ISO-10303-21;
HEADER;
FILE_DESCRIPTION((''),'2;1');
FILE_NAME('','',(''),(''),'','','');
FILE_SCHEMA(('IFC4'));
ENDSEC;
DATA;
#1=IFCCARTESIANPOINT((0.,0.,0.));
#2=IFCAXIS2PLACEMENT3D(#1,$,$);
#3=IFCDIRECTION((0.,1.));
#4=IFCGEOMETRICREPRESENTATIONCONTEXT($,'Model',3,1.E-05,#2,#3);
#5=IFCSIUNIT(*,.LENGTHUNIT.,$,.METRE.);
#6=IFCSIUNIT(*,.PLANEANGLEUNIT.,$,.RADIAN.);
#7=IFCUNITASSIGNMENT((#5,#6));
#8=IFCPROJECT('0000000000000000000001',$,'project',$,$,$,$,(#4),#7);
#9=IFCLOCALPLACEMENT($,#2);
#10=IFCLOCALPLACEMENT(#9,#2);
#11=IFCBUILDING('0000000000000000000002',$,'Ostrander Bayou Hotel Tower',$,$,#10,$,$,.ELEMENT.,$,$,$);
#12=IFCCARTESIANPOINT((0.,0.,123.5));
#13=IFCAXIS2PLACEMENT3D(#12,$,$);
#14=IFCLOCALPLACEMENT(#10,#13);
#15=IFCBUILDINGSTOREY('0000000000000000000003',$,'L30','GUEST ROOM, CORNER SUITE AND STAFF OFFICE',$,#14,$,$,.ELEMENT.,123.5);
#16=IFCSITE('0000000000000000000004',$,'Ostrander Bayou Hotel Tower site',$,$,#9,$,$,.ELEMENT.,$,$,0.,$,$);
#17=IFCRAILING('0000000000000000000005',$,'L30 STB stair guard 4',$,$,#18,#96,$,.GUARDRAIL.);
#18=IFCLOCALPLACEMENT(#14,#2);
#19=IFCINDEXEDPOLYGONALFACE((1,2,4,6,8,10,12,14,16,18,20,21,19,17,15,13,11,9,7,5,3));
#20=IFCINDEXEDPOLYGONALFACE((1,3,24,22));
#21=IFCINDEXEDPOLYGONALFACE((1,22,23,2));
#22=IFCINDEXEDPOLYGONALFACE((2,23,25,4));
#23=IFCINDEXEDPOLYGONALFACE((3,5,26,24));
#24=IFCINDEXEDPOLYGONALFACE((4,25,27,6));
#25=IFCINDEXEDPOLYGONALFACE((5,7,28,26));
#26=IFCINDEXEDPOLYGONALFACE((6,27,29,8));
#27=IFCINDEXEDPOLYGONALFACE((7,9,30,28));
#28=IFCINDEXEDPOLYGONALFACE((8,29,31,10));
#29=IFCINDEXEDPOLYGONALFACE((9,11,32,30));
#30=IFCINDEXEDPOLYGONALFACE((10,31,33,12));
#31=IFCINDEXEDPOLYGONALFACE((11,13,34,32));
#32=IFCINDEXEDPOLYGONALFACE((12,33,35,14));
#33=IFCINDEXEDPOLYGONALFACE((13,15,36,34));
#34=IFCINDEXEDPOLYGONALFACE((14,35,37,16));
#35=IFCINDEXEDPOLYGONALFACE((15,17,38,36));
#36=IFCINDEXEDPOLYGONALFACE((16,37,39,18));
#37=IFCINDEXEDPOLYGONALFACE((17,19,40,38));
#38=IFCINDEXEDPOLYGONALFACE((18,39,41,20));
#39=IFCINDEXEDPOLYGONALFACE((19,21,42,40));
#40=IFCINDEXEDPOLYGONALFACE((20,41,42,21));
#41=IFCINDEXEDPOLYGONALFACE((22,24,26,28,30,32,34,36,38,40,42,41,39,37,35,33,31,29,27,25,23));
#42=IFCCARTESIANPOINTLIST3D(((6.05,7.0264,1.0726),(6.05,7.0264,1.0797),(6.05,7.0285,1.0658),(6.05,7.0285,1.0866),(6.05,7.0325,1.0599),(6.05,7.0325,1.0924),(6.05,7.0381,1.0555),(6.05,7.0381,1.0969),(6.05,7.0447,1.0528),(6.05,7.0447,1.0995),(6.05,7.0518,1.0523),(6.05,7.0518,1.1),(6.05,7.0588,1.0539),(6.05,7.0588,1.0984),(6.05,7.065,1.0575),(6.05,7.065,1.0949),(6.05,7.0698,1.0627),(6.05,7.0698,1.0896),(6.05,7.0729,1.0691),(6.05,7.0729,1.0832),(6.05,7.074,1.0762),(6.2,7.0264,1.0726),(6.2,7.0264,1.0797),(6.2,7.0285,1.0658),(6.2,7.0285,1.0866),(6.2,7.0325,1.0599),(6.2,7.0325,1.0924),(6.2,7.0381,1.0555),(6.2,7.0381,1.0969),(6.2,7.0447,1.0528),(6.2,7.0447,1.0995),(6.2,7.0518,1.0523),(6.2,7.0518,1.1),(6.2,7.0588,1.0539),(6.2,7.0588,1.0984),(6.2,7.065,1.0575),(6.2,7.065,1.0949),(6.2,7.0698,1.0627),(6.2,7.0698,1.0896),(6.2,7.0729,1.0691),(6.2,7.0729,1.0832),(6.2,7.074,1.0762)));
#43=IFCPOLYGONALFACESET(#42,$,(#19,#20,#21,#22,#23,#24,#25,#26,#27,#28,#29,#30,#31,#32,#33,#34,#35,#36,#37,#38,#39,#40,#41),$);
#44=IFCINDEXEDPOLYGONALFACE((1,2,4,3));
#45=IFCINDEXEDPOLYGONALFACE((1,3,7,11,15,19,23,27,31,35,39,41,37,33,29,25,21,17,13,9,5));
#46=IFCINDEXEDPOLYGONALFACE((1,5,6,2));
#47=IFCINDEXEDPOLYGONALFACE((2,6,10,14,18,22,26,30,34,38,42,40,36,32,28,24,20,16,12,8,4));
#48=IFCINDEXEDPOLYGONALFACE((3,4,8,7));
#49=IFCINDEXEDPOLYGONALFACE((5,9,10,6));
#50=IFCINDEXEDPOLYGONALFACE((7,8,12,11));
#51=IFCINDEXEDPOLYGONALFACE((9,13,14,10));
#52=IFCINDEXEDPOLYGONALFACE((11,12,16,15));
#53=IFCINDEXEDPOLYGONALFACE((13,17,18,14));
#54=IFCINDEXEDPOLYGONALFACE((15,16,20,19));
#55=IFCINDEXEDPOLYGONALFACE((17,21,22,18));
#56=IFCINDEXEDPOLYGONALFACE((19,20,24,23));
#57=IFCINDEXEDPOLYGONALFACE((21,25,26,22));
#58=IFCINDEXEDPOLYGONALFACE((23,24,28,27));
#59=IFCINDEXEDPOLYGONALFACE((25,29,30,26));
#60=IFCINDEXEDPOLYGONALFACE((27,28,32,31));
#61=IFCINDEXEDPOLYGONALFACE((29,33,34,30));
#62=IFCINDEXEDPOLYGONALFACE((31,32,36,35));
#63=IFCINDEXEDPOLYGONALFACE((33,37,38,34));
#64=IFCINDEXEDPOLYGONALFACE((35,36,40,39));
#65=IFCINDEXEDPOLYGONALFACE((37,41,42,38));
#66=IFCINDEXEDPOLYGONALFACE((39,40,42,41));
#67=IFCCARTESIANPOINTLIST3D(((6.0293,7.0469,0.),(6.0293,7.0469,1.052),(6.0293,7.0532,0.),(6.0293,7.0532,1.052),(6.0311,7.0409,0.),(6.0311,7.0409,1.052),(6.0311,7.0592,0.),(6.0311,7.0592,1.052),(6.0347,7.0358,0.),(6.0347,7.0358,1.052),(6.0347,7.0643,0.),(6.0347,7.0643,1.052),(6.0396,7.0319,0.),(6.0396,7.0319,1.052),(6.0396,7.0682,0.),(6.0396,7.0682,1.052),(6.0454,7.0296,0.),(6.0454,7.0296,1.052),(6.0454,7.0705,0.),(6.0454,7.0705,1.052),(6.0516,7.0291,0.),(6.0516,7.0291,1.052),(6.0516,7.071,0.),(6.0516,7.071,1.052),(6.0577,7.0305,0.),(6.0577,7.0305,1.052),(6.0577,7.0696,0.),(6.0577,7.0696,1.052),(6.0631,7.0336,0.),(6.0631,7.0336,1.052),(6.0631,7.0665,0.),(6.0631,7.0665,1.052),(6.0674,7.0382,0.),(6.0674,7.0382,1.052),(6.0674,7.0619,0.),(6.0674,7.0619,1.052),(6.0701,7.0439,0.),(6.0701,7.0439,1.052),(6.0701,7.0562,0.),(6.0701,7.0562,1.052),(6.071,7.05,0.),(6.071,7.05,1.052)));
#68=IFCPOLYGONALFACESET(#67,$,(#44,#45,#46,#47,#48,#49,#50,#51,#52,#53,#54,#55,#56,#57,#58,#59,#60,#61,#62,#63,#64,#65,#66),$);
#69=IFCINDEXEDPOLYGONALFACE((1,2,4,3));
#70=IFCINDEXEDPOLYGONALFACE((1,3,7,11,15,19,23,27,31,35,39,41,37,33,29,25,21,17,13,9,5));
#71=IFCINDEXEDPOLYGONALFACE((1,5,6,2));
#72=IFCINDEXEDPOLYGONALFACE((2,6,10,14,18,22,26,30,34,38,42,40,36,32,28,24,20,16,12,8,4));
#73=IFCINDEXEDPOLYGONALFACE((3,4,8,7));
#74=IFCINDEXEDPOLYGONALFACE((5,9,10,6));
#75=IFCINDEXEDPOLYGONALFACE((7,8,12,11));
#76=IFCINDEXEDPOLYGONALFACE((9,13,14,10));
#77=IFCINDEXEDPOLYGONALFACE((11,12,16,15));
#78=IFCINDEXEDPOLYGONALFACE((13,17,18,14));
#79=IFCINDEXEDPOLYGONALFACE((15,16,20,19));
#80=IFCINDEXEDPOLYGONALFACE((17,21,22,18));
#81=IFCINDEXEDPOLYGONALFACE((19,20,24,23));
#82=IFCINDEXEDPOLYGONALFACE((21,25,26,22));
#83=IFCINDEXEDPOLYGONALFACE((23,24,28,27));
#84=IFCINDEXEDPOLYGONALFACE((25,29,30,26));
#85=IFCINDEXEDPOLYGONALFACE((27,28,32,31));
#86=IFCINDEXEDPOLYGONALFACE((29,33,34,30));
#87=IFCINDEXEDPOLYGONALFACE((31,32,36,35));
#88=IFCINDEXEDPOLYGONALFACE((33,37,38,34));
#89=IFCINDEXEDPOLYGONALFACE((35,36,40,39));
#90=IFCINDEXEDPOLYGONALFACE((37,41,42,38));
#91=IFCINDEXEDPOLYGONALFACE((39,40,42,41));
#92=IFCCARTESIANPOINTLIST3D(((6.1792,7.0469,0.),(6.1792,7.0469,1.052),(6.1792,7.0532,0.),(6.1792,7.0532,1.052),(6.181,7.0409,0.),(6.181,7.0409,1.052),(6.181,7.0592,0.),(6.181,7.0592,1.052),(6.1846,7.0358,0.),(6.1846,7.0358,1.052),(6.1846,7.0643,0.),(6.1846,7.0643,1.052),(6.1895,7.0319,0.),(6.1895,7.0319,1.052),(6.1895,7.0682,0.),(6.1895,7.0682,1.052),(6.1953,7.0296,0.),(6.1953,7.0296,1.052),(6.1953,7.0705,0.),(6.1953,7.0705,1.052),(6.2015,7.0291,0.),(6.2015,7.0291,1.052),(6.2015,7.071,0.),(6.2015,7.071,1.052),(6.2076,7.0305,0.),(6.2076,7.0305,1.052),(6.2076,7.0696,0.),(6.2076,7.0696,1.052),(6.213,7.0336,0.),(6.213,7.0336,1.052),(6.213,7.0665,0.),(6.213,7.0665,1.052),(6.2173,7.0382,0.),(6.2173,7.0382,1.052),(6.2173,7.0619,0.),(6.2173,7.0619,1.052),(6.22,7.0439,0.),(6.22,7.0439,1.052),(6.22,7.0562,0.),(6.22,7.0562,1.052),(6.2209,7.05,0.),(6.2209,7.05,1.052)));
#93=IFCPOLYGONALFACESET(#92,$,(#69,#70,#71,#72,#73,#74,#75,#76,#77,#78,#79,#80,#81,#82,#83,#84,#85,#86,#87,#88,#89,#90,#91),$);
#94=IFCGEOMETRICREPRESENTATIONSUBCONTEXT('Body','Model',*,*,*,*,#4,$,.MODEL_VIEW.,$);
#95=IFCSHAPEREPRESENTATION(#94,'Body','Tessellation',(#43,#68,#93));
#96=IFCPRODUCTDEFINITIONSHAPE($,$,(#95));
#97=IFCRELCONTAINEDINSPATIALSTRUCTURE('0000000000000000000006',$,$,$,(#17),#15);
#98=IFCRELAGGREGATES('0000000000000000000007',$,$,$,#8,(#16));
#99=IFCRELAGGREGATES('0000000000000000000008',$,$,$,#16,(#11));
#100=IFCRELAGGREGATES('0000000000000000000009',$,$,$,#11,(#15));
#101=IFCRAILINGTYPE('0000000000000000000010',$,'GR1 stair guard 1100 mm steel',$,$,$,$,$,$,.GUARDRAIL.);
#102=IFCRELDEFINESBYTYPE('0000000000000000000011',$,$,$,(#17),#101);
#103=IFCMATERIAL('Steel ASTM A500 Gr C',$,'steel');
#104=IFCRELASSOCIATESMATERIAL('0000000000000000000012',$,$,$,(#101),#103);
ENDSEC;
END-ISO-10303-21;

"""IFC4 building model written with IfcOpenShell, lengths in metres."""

from ifc_helpers import new_model, si_unit, direction, frame, origin, origin_2d, place, context, subcontext, project, spatial, circle, extrude, material, type_object, element, save


model = new_model("IFC4")

# Units and contexts
model_context = context("Model", 3, precision=1e-05, world=origin(), true_north=direction((0.0, 1.0)))
body_context = subcontext(model_context, "Body", "Model", "MODEL_VIEW")
ifc_project = project(units=[si_unit("LENGTHUNIT", "METRE"), si_unit("PLANEANGLEUNIT", "RADIAN")], contexts=[model_context])

# Site, building, storey
site_placement = place(None, origin())
site = spatial("IfcSite", under=ifc_project, at=site_placement, Name="Ostrander Bayou Hotel Tower site", CompositionType="ELEMENT", RefElevation=0.0)
building_placement = place(site_placement, origin())
building = spatial("IfcBuilding", under=site, at=building_placement, Name="Ostrander Bayou Hotel Tower", CompositionType="ELEMENT")
storey_placement = place(building_placement, frame((0.0, 0.0, 123.5)))
storey = spatial("IfcBuildingStorey", under=building, at=storey_placement, Name="L30", Description="GUEST ROOM, CORNER SUITE AND STAFF OFFICE", CompositionType="ELEMENT", Elevation=123.5)

# Railing
ifc_material_1 = material(Name="Steel ASTM A500 Gr C", Category="steel")
railing_type_1 = type_object("IfcRailingType", Name="GR1 stair guard 1100 mm steel", PredefinedType="GUARDRAIL", material=ifc_material_1)
railing_1_placement = place(storey_placement, frame((6.05, 7.05, 0.0)))
element("IfcRailing", 1, at=railing_1_placement, inside=storey, type_object=railing_type_1, Name="L30 STB stair guard 4", PredefinedType="GUARDRAIL", context=body_context, shape_type="SweptSolid", body=[
    extrude(circle(Radius=0.0239, at=origin_2d()), frame((0.0, 0.0, 1.0762), z_axis=(1.0, 0.0, 0.0), x_axis=(0.0, 1.0, 0.0)), (0.0, 0.0, 1.0), 0.1499),
    extrude(circle(Radius=0.021, at=origin_2d()), origin(), (0.0, 0.0, 1.0), 1.052),
    extrude(circle(Radius=0.021, at=origin_2d()), frame((0.1499, 0.0, 0.0)), (0.0, 0.0, 1.0), 1.052),
])

save(model, "model.ifc")
